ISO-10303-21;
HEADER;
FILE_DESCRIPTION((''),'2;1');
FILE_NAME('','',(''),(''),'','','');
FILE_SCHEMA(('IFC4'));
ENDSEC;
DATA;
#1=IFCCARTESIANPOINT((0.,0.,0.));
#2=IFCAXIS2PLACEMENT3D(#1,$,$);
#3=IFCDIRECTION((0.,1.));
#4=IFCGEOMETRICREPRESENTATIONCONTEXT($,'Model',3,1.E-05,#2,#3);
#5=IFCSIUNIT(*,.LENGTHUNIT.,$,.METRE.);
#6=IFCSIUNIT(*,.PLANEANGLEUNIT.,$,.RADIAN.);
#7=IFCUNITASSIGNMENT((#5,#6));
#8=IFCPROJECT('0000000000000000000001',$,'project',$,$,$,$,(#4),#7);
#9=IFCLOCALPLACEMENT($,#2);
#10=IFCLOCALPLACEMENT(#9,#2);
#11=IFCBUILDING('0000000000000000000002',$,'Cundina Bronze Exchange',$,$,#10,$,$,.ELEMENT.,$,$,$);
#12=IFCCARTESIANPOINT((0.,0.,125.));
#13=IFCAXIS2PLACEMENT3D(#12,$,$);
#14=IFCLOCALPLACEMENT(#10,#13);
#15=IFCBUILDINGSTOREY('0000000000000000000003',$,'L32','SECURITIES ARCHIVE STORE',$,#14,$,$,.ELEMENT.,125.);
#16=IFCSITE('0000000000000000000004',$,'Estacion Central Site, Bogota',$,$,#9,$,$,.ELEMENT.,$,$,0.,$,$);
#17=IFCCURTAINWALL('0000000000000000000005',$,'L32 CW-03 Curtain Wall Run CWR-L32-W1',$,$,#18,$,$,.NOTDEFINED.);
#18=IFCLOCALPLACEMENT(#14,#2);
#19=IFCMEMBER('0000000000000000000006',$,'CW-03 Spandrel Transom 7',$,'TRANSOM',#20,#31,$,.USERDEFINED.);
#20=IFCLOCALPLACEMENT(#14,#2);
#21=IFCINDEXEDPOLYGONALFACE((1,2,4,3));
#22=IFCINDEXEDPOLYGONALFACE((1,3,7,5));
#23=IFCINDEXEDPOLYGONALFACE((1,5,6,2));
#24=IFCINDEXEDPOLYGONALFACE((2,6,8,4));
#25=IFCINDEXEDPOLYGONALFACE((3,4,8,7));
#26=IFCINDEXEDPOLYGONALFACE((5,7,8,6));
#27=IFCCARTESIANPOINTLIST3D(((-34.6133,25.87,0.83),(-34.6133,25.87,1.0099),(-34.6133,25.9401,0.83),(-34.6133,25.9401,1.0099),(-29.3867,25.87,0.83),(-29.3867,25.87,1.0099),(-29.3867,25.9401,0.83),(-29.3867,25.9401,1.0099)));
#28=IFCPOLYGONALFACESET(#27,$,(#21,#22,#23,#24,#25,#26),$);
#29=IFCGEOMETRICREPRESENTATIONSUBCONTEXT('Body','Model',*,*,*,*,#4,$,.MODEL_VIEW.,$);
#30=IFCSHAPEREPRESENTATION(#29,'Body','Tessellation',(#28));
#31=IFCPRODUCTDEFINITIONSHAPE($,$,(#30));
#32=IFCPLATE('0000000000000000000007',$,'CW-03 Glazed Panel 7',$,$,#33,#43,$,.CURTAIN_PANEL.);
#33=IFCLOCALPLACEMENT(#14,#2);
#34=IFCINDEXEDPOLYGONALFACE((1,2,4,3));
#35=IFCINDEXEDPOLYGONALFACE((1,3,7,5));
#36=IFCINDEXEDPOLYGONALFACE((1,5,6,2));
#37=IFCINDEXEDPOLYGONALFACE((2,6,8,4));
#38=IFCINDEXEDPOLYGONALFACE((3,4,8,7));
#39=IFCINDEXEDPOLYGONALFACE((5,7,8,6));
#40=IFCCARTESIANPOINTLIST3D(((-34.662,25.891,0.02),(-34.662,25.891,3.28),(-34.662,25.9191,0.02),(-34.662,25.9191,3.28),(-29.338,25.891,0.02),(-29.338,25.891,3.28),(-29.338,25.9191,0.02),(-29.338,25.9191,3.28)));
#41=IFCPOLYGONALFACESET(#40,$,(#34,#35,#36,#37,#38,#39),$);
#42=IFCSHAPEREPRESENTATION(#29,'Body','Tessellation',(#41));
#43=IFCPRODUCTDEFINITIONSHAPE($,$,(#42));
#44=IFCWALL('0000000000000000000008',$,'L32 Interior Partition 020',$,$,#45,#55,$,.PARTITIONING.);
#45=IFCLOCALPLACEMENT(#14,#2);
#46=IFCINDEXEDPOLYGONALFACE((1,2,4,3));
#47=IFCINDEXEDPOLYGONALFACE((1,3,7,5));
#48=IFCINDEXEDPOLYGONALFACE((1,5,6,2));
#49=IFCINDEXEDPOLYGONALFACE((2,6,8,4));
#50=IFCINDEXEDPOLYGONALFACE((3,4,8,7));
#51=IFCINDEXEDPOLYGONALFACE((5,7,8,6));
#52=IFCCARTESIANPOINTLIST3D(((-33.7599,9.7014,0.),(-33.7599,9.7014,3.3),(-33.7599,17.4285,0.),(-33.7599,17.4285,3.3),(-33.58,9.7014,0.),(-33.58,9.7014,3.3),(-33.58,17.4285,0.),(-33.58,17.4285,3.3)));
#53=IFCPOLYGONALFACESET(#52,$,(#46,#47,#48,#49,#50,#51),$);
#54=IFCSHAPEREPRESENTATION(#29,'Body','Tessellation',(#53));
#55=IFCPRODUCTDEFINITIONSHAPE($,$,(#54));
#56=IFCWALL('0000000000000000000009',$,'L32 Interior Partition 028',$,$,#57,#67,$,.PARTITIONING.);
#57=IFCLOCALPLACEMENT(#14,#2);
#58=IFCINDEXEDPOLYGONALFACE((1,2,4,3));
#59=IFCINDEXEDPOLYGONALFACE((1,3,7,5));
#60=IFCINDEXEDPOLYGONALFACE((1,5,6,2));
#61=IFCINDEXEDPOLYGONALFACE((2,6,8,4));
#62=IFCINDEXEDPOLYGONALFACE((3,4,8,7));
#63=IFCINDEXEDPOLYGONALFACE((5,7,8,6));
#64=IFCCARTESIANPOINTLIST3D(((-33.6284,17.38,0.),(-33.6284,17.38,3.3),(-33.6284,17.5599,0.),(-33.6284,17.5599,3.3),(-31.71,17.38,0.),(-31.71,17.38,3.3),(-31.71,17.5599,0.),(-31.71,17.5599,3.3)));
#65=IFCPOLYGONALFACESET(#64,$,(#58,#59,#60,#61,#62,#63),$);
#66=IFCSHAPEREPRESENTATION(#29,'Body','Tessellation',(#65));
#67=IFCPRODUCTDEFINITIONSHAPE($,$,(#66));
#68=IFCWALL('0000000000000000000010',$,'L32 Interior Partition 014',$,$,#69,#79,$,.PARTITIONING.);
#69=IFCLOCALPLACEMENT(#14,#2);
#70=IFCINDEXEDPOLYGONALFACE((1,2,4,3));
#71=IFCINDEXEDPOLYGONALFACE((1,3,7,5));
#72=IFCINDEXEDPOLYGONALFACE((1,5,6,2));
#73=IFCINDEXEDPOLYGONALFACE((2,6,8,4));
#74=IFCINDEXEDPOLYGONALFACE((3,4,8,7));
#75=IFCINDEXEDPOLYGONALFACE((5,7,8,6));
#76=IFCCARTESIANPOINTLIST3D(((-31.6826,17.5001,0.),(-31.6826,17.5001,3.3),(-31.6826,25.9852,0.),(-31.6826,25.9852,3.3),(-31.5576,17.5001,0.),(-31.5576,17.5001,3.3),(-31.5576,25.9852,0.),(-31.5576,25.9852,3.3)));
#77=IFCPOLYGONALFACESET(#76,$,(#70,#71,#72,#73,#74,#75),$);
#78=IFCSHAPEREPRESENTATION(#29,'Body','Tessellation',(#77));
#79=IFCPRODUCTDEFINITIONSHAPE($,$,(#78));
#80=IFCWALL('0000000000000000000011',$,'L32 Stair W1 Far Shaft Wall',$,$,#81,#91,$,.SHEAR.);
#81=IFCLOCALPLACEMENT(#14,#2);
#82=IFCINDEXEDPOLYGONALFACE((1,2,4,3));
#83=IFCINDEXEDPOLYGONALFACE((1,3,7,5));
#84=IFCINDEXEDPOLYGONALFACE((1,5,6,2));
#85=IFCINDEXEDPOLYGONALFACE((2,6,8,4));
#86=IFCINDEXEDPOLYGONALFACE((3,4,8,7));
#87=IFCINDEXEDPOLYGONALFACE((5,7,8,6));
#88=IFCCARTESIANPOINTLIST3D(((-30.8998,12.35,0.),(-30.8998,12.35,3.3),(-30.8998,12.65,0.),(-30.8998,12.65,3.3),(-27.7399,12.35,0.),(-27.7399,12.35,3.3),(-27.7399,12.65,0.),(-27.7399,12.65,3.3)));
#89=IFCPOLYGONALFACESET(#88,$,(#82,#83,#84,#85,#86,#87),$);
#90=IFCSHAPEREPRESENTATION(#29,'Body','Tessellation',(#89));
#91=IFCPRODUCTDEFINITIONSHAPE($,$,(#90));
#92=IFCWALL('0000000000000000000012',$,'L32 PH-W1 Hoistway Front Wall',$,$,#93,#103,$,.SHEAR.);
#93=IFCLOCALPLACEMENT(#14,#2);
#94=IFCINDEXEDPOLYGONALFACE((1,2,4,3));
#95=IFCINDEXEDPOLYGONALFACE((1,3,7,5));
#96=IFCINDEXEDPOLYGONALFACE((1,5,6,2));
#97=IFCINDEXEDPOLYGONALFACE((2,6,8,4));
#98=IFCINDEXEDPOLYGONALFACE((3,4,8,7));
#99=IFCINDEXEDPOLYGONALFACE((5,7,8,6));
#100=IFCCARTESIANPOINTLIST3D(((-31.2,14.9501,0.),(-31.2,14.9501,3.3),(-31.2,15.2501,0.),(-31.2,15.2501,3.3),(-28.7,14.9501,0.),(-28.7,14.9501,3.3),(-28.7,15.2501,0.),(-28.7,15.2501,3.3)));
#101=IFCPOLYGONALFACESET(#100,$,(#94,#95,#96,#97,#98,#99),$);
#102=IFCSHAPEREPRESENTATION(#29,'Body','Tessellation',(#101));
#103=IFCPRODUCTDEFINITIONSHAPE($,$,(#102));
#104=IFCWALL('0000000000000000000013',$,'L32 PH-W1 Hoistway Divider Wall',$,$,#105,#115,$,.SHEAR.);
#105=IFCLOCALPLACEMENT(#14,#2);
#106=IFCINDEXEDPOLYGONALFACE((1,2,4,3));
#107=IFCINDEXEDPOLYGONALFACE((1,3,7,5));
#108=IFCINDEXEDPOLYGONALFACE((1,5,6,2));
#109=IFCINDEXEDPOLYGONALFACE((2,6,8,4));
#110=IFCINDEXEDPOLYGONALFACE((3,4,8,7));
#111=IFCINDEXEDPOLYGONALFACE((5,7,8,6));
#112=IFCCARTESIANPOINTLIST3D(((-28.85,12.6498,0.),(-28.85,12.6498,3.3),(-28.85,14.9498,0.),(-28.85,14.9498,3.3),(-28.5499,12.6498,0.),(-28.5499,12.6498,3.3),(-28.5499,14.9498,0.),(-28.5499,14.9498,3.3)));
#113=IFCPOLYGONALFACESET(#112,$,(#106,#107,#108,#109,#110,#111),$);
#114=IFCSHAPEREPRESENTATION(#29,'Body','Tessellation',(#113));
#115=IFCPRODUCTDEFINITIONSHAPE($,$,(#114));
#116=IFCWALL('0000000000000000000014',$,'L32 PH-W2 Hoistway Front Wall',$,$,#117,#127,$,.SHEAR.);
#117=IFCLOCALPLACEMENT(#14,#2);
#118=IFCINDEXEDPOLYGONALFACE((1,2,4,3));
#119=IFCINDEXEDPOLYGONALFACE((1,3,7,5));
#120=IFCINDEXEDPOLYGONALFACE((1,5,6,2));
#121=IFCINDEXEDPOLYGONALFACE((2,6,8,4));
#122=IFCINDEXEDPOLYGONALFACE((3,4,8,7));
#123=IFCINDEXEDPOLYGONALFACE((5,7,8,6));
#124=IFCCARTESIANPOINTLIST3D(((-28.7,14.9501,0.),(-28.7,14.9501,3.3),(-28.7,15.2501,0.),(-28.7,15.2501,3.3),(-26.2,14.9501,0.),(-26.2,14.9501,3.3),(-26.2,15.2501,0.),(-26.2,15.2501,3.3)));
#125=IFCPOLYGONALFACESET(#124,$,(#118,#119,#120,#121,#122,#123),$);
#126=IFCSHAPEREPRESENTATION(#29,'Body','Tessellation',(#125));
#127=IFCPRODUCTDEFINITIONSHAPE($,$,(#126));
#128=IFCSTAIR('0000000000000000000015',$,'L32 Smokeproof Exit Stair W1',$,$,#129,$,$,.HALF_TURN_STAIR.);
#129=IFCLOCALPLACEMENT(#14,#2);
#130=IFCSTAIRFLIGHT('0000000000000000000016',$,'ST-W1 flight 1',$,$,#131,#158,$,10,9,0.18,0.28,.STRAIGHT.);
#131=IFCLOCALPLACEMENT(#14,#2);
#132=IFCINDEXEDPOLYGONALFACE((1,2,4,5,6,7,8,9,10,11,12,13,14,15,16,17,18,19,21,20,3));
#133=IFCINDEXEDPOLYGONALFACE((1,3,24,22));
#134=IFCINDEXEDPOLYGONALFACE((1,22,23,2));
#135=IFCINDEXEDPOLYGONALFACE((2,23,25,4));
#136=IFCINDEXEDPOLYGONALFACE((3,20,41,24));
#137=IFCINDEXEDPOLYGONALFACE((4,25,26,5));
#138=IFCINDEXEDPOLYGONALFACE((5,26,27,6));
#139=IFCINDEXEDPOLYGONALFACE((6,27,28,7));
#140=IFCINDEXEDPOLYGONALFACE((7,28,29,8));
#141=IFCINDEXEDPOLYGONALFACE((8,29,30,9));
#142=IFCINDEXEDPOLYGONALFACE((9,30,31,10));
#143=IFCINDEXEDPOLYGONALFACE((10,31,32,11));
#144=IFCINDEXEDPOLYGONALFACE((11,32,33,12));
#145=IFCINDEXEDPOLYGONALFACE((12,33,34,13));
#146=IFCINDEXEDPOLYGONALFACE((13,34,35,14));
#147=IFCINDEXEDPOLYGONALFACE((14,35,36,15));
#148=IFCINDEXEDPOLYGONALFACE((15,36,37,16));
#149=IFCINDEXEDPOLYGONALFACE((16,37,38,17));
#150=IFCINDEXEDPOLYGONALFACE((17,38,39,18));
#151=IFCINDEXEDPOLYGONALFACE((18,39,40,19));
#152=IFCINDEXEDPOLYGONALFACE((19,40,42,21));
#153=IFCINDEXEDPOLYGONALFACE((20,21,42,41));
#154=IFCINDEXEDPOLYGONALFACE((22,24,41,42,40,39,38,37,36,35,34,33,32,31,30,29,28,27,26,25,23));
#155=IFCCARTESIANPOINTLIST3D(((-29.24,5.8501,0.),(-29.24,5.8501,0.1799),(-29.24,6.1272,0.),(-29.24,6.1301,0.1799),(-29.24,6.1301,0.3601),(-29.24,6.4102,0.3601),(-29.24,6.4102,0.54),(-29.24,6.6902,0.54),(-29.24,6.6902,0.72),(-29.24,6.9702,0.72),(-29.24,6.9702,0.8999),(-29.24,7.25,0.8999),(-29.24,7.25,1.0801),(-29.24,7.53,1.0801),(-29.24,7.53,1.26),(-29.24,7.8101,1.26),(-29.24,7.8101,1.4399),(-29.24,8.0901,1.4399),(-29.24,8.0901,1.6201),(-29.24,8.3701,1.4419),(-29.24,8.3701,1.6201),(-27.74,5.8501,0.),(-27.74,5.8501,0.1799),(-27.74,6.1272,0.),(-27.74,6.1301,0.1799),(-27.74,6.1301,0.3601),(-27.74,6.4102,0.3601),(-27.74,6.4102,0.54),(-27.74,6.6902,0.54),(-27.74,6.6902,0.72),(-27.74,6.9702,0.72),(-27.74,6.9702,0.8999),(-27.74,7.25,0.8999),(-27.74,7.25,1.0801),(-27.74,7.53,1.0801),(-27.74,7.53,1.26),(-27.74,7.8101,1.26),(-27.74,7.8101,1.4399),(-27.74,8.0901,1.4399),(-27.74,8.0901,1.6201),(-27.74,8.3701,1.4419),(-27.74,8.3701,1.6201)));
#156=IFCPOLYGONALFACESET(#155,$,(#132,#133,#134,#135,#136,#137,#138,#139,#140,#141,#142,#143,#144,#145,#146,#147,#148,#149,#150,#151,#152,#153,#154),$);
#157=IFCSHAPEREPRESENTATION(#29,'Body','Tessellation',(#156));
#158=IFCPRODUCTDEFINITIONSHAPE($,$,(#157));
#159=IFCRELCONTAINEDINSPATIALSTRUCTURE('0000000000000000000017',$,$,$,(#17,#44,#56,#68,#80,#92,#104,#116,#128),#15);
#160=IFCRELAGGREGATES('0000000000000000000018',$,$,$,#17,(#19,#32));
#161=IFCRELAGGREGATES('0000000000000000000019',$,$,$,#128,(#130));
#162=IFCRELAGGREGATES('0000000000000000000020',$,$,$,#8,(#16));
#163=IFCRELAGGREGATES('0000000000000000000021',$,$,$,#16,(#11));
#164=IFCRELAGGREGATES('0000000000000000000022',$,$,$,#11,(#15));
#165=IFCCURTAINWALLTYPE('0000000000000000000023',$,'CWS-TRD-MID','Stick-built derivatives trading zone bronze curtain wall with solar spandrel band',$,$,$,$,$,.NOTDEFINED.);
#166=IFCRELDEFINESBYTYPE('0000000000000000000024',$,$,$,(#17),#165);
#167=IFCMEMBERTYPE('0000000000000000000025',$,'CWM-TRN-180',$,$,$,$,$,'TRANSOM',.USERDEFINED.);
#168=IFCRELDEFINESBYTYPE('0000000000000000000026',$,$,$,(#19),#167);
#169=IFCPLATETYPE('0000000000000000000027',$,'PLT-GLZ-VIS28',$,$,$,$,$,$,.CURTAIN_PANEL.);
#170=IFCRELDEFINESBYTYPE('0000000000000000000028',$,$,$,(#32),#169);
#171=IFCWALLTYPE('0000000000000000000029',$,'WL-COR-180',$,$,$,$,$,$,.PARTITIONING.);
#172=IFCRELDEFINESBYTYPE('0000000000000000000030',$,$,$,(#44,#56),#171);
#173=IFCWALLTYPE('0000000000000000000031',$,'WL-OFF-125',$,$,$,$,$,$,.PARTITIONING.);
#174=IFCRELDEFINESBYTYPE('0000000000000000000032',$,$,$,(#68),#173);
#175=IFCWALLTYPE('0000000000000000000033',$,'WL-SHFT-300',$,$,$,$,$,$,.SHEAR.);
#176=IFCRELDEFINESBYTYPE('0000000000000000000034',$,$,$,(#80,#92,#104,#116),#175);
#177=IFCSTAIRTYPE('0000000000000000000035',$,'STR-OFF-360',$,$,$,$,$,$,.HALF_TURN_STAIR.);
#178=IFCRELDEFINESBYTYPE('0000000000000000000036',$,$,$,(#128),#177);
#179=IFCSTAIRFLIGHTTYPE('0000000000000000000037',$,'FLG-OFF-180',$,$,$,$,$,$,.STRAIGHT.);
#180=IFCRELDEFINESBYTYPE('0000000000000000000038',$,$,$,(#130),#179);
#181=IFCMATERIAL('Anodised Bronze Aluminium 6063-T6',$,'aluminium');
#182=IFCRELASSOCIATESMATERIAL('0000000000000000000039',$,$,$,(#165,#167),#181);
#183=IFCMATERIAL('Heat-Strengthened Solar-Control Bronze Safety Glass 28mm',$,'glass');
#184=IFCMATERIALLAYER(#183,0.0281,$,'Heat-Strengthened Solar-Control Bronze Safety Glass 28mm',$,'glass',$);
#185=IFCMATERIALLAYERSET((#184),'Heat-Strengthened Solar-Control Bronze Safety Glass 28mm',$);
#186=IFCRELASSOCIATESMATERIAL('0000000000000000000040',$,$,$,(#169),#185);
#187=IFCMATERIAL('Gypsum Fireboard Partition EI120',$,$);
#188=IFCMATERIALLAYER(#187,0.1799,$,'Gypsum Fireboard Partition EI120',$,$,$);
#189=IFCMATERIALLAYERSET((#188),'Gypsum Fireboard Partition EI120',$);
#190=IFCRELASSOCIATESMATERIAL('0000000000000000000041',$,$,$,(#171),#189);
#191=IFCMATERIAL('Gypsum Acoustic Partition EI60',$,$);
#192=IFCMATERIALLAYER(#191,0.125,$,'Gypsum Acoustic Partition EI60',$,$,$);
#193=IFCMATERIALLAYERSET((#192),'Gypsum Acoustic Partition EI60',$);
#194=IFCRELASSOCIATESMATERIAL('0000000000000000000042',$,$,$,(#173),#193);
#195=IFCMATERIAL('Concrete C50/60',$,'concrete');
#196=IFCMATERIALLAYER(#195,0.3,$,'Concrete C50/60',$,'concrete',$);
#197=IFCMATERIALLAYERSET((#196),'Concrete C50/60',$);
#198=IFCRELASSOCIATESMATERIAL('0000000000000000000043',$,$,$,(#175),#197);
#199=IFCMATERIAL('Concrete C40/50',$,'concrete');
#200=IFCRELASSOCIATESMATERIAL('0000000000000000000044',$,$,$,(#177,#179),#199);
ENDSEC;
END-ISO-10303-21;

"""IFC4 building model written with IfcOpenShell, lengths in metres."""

from ifc_helpers import new_model, si_unit, direction, frame, frame_2d, origin, origin_2d, place, context, subcontext, project, spatial, polyline, rectangle, outline, extrude, material, layer, layer_set, material_profile, profile_set, type_object, element, aggregate, save


model = new_model("IFC4")

# Units and contexts
model_context = context("Model", 3, precision=1e-05, world=origin(), true_north=direction((0.0, 1.0)))
body_context = subcontext(model_context, "Body", "Model", "MODEL_VIEW")
ifc_project = project(units=[si_unit("LENGTHUNIT", "METRE"), si_unit("PLANEANGLEUNIT", "RADIAN")], contexts=[model_context])

# Site, building, storey
site_placement = place(None, origin())
site = spatial("IfcSite", under=ifc_project, at=site_placement, Name="Estacion Central Site, Bogota", CompositionType="ELEMENT", RefElevation=0.0)
building_placement = place(site_placement, origin())
building = spatial("IfcBuilding", under=site, at=building_placement, Name="Cundina Bronze Exchange", CompositionType="ELEMENT")
storey_placement = place(building_placement, frame((0.0, 0.0, 125.0)))
storey = spatial("IfcBuildingStorey", under=building, at=storey_placement, Name="L32", Description="SECURITIES ARCHIVE STORE", CompositionType="ELEMENT", Elevation=125.0)

# Curtain wall
ifc_material_1 = material(Name="Anodised Bronze Aluminium 6063-T6", Category="aluminium")
curtain_wall_type = type_object("IfcCurtainWallType", Name="CWS-TRD-MID", Description="Stick-built derivatives trading zone bronze curtain wall with solar spandrel band", PredefinedType="NOTDEFINED", material=ifc_material_1)
curtain_wall_1_placement = place(storey_placement, origin())
curtain_wall_1 = element("IfcCurtainWall", 1, at=curtain_wall_1_placement, inside=storey, type_object=curtain_wall_type, Name="L32 CW-03 Curtain Wall Run CWR-L32-W1", PredefinedType="NOTDEFINED")

# Member
ifc_material_profile_1 = material_profile(ifc_material_1, rectangle(XDim=0.0701, YDim=0.1799, at=origin_2d()), Name="AL70X180", Category="aluminium")
ifc_profile_set_1 = profile_set([ifc_material_profile_1], Name="Anodised Bronze Aluminium 6063-T6")
member_type_1 = type_object("IfcMemberType", Name="CWM-TRN-180", ElementType="TRANSOM", PredefinedType="USERDEFINED", material=ifc_profile_set_1)
member_1_placement = place(storey_placement, frame((-29.3867, 25.905, 0.9199), z_axis=(-1.0, 0.0, 0.0), x_axis=(0.0, -1.0, 0.0)))
member_1 = element("IfcMember", 2, at=member_1_placement, type_object=member_type_1, Name="CW-03 Spandrel Transom 7", ObjectType="TRANSOM", PredefinedType="USERDEFINED", context=body_context, shape_type="SweptSolid", body=[
    extrude(rectangle(XDim=0.0701, YDim=0.1799, at=origin_2d()), origin(), (0.0, 0.0, 1.0), 5.2266),
])

# Plate
ifc_material_2 = material(Name="Heat-Strengthened Solar-Control Bronze Safety Glass 28mm", Category="glass")
ifc_layer_1 = layer(ifc_material_2, 0.0281, Name="Heat-Strengthened Solar-Control Bronze Safety Glass 28mm", Category="glass")
ifc_layer_set_1 = layer_set([ifc_layer_1], Name="Heat-Strengthened Solar-Control Bronze Safety Glass 28mm")
plate_type = type_object("IfcPlateType", Name="PLT-GLZ-VIS28", PredefinedType="CURTAIN_PANEL", material=ifc_layer_set_1)
plate_placement = place(storey_placement, frame((-32.0, 25.905, 0.02), z_axis=(0.0, 0.0, 1.0), x_axis=(-1.0, 0.0, 0.0)))
plate = element("IfcPlate", 3, at=plate_placement, type_object=plate_type, Name="CW-03 Glazed Panel 7", PredefinedType="CURTAIN_PANEL", context=body_context, shape_type="SweptSolid", body=[
    extrude(rectangle(XDim=5.324, YDim=0.0281, at=origin_2d()), origin(), (0.0, 0.0, 1.0), 3.26),
])
aggregate(curtain_wall_1, [member_1, plate])

# Shared definitions
ifc_material_3 = material(Name="Gypsum Fireboard Partition EI120")
ifc_layer_2 = layer(ifc_material_3, 0.1799, Name="Gypsum Fireboard Partition EI120")
ifc_layer_set_2 = layer_set([ifc_layer_2], Name="Gypsum Fireboard Partition EI120")
wall_type_1 = type_object("IfcWallType", Name="WL-COR-180", PredefinedType="PARTITIONING", material=ifc_layer_set_2)

# Walls
wall_1_placement = place(storey_placement, frame((-33.6699, 17.4285, 0.0), z_axis=(0.0, 0.0, 1.0), x_axis=(0.0, -1.0, 0.0)))
element("IfcWall", 4, at=wall_1_placement, inside=storey, type_object=wall_type_1, Name="L32 Interior Partition 020", PredefinedType="PARTITIONING", context=body_context, shape_type="SweptSolid", body=[
    extrude(rectangle(XDim=7.7271, YDim=0.1799, at=frame_2d((3.8635, 0.0))), origin(), (0.0, 0.0, 1.0), 3.3),
])
wall_2_placement = place(storey_placement, frame((-31.71, 17.47, 0.0), z_axis=(0.0, 0.0, 1.0), x_axis=(-1.0, 0.0, 0.0)))
element("IfcWall", 5, at=wall_2_placement, inside=storey, type_object=wall_type_1, Name="L32 Interior Partition 028", PredefinedType="PARTITIONING", context=body_context, shape_type="SweptSolid", body=[
    extrude(rectangle(XDim=1.9185, YDim=0.1799, at=frame_2d((0.9592, 0.0))), origin(), (0.0, 0.0, 1.0), 3.3),
])
ifc_material_4 = material(Name="Gypsum Acoustic Partition EI60")
ifc_layer_3 = layer(ifc_material_4, 0.125, Name="Gypsum Acoustic Partition EI60")
ifc_layer_set_3 = layer_set([ifc_layer_3], Name="Gypsum Acoustic Partition EI60")
wall_type_2 = type_object("IfcWallType", Name="WL-OFF-125", PredefinedType="PARTITIONING", material=ifc_layer_set_3)
wall_3_placement = place(storey_placement, frame((-31.6201, 17.5, 0.0), z_axis=(0.0, 0.0, 1.0), x_axis=(0.0, 1.0, 0.0)))
element("IfcWall", 6, at=wall_3_placement, inside=storey, type_object=wall_type_2, Name="L32 Interior Partition 014", PredefinedType="PARTITIONING", context=body_context, shape_type="SweptSolid", body=[
    extrude(rectangle(XDim=8.4851, YDim=0.125, at=frame_2d((4.2427, 0.0))), origin(), (0.0, 0.0, 1.0), 3.3),
])

# Shared definitions
ifc_material_5 = material(Name="Concrete C50/60", Category="concrete")
ifc_layer_4 = layer(ifc_material_5, 0.3, Name="Concrete C50/60", Category="concrete")
ifc_layer_set_4 = layer_set([ifc_layer_4], Name="Concrete C50/60")
wall_type_3 = type_object("IfcWallType", Name="WL-SHFT-300", PredefinedType="SHEAR", material=ifc_layer_set_4)

# Walls
wall_4_placement = place(storey_placement, frame((-30.8999, 12.5, 0.0), z_axis=(0.0, 0.0, 1.0), x_axis=(1.0, 0.0, 0.0)))
element("IfcWall", 7, at=wall_4_placement, inside=storey, type_object=wall_type_3, Name="L32 Stair W1 Far Shaft Wall", PredefinedType="SHEAR", context=body_context, shape_type="SweptSolid", body=[
    extrude(rectangle(XDim=3.1599, YDim=0.3, at=frame_2d((1.5801, 0.0))), origin(), (0.0, 0.0, 1.0), 3.3),
])
wall_5_placement = place(storey_placement, frame((-31.2, 15.1001, 0.0), z_axis=(0.0, 0.0, 1.0), x_axis=(1.0, 0.0, 0.0)))
element("IfcWall", 8, at=wall_5_placement, inside=storey, type_object=wall_type_3, Name="L32 PH-W1 Hoistway Front Wall", PredefinedType="SHEAR", context=body_context, shape_type="SweptSolid", body=[
    extrude(rectangle(XDim=2.5, YDim=0.3, at=frame_2d((1.25, 0.0))), origin(), (0.0, 0.0, 1.0), 3.3),
])
wall_6_placement = place(storey_placement, frame((-28.7, 12.6499, 0.0), z_axis=(0.0, 0.0, 1.0), x_axis=(0.0, 1.0, 0.0)))
element("IfcWall", 9, at=wall_6_placement, inside=storey, type_object=wall_type_3, Name="L32 PH-W1 Hoistway Divider Wall", PredefinedType="SHEAR", context=body_context, shape_type="SweptSolid", body=[
    extrude(rectangle(XDim=2.3, YDim=0.3, at=frame_2d((1.1499, 0.0))), origin(), (0.0, 0.0, 1.0), 3.3),
])
wall_7_placement = place(storey_placement, frame((-28.7, 15.1001, 0.0), z_axis=(0.0, 0.0, 1.0), x_axis=(1.0, 0.0, 0.0)))
element("IfcWall", 10, at=wall_7_placement, inside=storey, type_object=wall_type_3, Name="L32 PH-W2 Hoistway Front Wall", PredefinedType="SHEAR", context=body_context, shape_type="SweptSolid", body=[
    extrude(rectangle(XDim=2.5, YDim=0.3, at=frame_2d((1.25, 0.0))), origin(), (0.0, 0.0, 1.0), 3.3),
])

# Stair, stair flight
ifc_material_6 = material(Name="Concrete C40/50", Category="concrete")
stair_type = type_object("IfcStairType", Name="STR-OFF-360", PredefinedType="HALF_TURN_STAIR", material=ifc_material_6)
stair_placement = place(storey_placement, origin())
stair = element("IfcStair", 11, at=stair_placement, inside=storey, type_object=stair_type, Name="L32 Smokeproof Exit Stair W1", PredefinedType="HALF_TURN_STAIR")
stair_flight_type = type_object("IfcStairFlightType", Name="FLG-OFF-180", PredefinedType="STRAIGHT", material=ifc_material_6)
stair_flight_1_placement = place(storey_placement, frame((-28.49, 5.8501, 0.0), z_axis=(0.0, 0.0, 1.0), x_axis=(0.0, 1.0, 0.0)))
stair_flight_1 = element("IfcStairFlight", 12, at=stair_flight_1_placement, type_object=stair_flight_type, Name="ST-W1 flight 1", NumberOfRisers=10, NumberOfTreads=9, PredefinedType="STRAIGHT", RiserHeight=0.18, TreadLength=0.28, context=body_context, shape_type="SweptSolid", body=[
    extrude(outline(polyline([(0.0, 0.0), (0.0, 0.1799), (0.28, 0.1799), (0.28, 0.3601), (0.5601, 0.3601), (0.5601, 0.54), (0.8401, 0.54), (0.8401, 0.72), (1.1201, 0.72), (1.1201, 0.8999), (1.3999, 0.8999), (1.3999, 1.0801), (1.6799, 1.0801), (1.6799, 1.26), (1.96, 1.26), (1.96, 1.4399), (2.24, 1.4399), (2.24, 1.6201), (2.52, 1.6201), (2.52, 1.8), (2.52, 1.4419), (0.2771, 0.0), (0.0, 0.0)])), frame((0.0, 0.75, 0.0), z_axis=(0.0, -1.0, 0.0), x_axis=(1.0, 0.0, 0.0)), (0.0, 0.0, 1.0), 1.5),
])
aggregate(stair, [stair_flight_1])

save(model, "model.ifc")
